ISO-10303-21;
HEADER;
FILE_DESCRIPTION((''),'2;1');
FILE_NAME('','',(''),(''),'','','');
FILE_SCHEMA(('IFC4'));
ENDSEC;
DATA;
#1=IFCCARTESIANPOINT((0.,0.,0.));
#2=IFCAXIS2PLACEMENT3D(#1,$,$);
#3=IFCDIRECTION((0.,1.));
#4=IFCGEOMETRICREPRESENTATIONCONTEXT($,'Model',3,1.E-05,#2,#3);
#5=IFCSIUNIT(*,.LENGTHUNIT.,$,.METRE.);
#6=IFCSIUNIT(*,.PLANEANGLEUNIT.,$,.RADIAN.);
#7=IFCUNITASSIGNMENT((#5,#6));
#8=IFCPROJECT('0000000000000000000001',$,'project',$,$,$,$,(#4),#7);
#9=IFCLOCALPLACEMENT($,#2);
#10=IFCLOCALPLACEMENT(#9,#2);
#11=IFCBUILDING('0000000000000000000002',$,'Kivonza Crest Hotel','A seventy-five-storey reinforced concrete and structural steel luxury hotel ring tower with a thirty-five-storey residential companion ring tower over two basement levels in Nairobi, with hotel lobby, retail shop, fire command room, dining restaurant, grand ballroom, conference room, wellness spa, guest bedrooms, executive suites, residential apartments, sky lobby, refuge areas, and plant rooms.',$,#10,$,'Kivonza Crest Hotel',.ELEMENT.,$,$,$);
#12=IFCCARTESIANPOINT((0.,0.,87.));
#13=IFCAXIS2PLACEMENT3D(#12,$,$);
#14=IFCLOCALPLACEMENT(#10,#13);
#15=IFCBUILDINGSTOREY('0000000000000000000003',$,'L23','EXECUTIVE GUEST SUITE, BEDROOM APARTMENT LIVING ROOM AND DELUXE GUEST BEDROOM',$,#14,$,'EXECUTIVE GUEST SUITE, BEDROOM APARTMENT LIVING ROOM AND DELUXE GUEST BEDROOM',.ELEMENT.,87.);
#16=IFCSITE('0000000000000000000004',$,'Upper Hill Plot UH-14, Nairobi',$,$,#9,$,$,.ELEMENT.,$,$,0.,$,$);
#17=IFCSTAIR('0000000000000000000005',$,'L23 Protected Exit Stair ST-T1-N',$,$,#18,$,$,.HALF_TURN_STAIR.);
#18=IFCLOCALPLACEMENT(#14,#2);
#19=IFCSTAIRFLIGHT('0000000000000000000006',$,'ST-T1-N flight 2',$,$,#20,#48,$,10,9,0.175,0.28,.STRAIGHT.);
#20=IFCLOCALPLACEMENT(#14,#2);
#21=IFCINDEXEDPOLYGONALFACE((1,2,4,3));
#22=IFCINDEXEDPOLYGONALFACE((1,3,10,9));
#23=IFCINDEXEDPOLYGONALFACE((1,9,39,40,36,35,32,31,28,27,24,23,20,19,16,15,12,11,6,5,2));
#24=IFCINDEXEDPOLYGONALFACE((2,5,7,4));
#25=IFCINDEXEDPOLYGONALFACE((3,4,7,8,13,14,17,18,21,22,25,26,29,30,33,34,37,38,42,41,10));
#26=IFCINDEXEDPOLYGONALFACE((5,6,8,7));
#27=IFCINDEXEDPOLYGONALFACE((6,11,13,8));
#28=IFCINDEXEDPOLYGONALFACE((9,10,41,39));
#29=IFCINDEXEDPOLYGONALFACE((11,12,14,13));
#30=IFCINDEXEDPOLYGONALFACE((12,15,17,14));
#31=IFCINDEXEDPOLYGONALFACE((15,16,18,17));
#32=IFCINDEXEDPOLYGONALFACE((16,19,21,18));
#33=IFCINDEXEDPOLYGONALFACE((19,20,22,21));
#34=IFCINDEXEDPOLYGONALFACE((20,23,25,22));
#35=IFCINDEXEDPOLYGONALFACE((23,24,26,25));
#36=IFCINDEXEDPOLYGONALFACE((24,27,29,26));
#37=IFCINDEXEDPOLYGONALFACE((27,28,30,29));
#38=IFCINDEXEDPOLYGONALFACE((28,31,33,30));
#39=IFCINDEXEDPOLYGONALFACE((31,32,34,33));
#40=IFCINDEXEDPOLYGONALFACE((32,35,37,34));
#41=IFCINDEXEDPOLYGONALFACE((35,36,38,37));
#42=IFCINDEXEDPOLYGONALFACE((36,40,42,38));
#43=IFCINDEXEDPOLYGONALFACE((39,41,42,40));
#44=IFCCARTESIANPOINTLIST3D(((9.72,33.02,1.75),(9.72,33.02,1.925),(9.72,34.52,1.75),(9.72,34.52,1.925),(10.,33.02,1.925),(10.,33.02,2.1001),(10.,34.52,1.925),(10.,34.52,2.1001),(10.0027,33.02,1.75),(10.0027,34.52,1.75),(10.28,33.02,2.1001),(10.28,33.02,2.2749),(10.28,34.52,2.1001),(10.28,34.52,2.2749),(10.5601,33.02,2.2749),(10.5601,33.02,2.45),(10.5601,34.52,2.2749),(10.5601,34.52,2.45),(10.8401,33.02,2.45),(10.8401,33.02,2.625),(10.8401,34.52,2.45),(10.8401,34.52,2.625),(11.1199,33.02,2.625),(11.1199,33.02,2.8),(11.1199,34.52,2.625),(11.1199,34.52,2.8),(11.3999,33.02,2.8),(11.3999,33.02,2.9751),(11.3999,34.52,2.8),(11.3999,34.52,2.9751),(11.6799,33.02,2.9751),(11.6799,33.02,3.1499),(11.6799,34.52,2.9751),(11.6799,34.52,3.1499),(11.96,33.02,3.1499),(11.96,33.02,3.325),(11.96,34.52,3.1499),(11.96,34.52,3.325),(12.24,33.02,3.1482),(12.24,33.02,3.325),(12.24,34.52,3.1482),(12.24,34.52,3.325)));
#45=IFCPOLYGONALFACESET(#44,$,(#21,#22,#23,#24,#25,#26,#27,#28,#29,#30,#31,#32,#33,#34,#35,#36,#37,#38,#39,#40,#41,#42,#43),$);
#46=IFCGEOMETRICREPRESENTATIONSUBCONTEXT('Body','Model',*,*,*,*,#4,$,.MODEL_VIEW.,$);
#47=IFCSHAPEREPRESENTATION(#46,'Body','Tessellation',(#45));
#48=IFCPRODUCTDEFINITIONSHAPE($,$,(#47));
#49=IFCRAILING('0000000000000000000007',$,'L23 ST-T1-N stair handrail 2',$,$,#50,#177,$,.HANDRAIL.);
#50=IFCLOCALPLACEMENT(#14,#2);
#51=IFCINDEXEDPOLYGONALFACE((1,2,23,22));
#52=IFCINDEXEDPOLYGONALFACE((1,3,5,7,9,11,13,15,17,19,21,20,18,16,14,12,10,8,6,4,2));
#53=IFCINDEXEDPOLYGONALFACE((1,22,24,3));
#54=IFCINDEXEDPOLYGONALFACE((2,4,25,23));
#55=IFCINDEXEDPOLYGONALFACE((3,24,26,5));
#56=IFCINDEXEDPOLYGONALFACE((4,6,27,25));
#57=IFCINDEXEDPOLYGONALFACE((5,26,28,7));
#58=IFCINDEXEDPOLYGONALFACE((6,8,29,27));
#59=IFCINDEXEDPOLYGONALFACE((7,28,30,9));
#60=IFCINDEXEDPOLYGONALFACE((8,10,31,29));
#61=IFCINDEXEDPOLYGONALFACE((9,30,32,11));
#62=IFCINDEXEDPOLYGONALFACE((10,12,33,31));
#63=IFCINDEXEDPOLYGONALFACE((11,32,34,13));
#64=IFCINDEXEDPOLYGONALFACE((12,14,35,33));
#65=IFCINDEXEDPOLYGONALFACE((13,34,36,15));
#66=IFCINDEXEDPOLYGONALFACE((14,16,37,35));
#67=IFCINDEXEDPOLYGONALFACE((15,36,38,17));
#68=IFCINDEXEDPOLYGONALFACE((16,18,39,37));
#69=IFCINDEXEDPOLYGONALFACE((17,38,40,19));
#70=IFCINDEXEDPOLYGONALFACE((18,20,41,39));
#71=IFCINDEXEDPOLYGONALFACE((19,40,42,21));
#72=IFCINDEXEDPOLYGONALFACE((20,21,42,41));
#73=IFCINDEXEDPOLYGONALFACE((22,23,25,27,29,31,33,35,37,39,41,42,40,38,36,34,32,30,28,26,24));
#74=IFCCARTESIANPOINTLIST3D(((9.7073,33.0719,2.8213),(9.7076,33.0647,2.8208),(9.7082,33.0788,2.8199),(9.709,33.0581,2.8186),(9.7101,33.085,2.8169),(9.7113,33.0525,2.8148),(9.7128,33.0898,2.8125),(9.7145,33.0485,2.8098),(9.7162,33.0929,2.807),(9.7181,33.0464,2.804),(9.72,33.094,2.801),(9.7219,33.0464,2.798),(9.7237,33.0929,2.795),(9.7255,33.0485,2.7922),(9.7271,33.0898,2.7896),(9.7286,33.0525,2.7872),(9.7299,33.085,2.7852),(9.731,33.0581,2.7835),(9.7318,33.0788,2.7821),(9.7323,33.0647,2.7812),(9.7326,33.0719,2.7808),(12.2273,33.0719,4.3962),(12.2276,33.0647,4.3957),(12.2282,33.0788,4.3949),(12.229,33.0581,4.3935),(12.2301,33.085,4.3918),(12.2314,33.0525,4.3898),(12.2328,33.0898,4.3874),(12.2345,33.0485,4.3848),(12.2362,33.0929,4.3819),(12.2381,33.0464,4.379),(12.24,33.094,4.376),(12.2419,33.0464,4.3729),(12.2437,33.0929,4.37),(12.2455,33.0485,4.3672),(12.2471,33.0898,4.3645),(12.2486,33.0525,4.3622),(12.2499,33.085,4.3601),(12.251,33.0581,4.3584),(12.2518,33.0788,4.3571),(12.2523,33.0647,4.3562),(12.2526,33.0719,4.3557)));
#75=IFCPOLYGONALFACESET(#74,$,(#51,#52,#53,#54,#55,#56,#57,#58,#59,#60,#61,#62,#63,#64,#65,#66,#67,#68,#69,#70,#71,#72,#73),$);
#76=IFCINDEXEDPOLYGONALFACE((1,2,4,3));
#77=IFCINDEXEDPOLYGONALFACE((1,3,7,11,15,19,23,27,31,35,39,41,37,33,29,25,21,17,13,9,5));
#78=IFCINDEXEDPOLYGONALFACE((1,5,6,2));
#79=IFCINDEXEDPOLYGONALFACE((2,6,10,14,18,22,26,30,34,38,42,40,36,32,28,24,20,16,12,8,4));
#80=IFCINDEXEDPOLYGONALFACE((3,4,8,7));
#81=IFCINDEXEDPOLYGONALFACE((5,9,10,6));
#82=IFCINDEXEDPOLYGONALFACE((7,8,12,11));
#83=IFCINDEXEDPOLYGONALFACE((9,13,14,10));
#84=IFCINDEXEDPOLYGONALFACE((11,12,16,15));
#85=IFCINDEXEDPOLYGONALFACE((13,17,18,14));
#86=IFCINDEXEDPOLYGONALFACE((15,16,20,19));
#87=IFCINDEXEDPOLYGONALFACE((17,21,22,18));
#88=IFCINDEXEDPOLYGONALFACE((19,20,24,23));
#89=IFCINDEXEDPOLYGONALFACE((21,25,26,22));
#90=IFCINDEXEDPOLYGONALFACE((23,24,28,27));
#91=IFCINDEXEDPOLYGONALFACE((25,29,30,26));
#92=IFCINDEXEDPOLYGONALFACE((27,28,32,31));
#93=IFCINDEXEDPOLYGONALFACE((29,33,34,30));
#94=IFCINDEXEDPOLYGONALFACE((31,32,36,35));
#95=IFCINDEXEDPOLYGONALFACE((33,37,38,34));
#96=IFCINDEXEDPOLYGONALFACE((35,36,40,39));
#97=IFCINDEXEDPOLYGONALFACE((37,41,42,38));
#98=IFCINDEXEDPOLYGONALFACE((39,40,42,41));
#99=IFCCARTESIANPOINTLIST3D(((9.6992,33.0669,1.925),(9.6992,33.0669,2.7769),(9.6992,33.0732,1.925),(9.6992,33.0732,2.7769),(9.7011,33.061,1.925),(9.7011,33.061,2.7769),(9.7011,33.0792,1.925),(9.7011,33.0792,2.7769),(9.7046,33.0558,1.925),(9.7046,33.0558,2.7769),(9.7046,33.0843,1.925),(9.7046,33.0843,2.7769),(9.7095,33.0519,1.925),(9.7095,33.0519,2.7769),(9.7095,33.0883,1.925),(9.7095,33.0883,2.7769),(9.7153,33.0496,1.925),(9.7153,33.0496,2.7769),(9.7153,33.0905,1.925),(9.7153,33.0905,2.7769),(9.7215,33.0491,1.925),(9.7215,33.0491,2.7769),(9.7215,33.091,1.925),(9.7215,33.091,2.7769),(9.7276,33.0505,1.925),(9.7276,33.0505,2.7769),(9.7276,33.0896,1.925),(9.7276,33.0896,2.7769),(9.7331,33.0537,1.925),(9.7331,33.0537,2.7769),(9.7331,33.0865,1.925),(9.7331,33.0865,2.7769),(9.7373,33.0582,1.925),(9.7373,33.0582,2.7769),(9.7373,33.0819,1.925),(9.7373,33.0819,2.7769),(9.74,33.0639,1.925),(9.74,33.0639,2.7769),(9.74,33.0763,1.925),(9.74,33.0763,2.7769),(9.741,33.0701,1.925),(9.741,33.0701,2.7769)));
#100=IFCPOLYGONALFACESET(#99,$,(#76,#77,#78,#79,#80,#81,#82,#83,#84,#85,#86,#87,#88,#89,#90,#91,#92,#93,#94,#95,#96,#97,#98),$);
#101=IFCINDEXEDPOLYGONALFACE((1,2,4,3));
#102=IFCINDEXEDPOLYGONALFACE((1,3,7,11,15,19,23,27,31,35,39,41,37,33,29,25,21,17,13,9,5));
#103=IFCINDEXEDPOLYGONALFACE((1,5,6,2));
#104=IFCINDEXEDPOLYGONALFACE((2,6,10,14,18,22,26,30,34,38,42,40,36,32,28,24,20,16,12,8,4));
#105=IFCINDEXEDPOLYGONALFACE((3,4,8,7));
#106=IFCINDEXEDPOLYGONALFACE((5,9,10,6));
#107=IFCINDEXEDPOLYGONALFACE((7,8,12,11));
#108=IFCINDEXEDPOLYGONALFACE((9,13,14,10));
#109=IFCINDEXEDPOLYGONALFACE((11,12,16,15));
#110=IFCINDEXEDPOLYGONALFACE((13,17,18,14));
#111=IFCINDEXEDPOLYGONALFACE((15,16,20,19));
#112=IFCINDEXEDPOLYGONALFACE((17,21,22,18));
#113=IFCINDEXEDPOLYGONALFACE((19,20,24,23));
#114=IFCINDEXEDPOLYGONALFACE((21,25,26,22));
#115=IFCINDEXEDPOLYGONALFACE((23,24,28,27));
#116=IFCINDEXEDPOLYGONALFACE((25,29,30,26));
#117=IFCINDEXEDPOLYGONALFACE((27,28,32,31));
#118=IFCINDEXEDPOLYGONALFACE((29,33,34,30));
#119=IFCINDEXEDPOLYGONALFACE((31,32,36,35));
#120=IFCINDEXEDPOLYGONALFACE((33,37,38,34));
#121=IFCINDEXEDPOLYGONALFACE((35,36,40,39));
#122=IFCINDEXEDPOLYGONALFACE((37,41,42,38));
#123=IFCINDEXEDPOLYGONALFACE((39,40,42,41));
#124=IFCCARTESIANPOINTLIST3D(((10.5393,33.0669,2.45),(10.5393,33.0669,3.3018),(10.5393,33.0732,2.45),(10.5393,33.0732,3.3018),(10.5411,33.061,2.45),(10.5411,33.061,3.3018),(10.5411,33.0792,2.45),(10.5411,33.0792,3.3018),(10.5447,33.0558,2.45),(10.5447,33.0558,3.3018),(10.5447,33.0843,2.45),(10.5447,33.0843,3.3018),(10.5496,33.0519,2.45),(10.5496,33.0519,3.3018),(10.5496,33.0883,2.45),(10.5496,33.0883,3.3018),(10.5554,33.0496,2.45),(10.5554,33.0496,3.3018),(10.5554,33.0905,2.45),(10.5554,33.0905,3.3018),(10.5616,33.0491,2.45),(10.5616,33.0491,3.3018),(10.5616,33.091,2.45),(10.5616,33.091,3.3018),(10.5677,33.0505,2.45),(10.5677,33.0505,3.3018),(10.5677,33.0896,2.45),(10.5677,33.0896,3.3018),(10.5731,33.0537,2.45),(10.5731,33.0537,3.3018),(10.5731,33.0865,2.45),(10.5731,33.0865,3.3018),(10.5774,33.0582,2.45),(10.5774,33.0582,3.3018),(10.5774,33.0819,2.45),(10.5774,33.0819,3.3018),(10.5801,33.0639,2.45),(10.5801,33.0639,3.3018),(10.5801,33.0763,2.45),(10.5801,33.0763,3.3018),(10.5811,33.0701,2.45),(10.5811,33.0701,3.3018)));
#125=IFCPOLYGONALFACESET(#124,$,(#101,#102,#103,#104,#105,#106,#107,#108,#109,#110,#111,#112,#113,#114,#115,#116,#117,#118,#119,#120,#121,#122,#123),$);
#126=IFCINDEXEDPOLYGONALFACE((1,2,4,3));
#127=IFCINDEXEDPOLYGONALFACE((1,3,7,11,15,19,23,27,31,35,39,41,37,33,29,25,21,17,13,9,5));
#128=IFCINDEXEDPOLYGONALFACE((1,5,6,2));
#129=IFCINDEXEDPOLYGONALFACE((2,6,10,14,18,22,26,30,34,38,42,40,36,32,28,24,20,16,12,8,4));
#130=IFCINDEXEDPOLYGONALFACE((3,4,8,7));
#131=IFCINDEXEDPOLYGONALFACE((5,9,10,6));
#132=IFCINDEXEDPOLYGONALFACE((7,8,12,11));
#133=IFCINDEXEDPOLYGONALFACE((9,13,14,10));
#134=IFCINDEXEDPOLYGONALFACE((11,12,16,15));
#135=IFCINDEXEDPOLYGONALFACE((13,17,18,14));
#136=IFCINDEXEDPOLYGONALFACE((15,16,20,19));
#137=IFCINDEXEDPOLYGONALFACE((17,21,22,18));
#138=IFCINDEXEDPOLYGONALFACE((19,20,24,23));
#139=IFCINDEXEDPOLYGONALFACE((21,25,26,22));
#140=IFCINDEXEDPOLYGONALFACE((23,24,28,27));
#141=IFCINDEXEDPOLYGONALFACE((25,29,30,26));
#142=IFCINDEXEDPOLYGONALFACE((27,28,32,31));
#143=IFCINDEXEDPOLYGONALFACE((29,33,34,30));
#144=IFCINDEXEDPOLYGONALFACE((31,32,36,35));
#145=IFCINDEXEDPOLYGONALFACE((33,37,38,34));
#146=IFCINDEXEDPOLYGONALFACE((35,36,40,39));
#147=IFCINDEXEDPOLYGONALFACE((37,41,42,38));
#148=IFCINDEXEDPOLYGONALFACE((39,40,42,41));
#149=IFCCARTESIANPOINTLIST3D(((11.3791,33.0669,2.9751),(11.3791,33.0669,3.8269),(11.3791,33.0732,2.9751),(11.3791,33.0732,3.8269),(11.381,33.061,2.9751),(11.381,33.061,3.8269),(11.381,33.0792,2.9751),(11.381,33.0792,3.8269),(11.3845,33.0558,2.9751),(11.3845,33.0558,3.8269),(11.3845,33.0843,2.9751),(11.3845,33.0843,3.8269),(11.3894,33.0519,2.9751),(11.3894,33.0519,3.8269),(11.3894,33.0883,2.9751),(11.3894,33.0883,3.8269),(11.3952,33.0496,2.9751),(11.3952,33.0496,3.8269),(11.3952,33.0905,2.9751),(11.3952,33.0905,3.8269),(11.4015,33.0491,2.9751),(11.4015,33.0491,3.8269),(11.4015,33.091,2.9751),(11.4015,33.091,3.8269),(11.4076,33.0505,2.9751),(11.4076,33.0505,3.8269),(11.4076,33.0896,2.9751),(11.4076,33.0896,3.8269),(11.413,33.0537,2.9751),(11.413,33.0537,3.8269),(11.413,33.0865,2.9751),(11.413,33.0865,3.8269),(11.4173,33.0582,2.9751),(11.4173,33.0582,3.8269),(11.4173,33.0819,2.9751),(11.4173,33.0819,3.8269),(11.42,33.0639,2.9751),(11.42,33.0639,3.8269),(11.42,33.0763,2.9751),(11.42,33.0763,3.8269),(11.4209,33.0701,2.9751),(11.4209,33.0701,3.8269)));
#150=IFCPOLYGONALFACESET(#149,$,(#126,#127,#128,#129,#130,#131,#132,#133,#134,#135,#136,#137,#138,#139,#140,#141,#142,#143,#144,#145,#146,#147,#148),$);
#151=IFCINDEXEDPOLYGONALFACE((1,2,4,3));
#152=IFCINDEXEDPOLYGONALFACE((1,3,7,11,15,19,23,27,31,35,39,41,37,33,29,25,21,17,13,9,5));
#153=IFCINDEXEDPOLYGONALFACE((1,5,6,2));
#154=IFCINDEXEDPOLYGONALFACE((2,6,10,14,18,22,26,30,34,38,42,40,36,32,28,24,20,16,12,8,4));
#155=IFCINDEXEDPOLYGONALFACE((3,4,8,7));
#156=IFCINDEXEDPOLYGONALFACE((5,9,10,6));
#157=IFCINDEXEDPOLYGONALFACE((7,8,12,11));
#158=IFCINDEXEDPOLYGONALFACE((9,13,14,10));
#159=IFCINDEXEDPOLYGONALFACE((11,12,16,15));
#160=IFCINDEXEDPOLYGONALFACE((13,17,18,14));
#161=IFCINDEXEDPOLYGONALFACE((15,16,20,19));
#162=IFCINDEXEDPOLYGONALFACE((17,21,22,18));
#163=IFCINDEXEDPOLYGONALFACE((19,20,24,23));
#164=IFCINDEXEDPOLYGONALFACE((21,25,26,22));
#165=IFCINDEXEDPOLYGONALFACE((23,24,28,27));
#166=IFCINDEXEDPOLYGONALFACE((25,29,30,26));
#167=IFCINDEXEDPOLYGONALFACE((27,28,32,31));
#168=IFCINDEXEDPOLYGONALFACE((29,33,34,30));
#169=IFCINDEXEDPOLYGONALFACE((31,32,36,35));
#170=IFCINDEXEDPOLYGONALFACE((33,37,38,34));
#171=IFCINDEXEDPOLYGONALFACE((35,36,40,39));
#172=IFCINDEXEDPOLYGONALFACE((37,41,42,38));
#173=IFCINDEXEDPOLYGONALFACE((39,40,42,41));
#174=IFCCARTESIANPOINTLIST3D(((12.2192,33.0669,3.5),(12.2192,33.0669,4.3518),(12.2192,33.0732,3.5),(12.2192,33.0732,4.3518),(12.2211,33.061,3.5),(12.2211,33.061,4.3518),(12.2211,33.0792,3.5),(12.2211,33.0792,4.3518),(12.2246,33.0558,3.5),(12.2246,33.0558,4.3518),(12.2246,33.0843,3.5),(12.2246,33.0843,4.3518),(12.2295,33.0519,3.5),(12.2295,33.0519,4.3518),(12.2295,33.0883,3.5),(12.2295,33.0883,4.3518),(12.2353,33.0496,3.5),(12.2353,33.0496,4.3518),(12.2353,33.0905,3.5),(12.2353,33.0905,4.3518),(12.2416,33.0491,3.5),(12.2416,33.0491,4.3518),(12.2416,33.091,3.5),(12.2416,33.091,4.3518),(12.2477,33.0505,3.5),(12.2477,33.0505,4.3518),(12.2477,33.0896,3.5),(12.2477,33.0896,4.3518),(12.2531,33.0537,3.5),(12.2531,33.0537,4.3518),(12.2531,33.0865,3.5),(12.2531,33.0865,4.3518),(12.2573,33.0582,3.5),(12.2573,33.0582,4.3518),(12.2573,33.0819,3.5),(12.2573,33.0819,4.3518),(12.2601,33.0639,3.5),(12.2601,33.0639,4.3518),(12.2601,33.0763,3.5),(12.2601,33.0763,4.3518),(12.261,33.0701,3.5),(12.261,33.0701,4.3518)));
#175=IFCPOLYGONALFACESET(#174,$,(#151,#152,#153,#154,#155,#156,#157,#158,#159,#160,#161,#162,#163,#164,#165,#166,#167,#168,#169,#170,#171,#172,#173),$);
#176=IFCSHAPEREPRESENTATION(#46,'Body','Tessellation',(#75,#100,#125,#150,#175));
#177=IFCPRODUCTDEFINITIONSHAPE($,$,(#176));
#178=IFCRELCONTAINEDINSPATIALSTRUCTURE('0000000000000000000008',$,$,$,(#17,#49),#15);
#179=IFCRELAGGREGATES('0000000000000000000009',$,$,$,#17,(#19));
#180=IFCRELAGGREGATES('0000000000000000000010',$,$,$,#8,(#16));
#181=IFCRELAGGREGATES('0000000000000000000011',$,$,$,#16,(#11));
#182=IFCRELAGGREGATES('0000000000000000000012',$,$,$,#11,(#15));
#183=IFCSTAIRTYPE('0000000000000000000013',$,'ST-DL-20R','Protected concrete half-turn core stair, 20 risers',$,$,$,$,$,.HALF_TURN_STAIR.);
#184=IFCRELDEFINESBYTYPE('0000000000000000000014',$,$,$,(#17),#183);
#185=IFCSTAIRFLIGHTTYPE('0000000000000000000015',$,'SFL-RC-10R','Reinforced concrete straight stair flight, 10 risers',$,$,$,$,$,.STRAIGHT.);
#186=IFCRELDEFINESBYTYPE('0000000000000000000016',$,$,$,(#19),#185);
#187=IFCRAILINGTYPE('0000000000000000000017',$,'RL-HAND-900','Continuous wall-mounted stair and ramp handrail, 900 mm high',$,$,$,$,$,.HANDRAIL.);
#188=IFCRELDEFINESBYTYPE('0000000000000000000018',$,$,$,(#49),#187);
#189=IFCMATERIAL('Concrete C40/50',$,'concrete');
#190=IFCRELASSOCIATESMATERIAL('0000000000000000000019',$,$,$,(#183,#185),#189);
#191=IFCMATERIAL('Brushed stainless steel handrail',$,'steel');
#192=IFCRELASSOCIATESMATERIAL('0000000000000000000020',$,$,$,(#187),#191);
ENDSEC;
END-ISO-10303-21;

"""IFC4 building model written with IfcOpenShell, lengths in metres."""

from ifc_helpers import new_model, si_unit, direction, frame, origin, origin_2d, place, context, subcontext, project, spatial, polyline, circle, outline, extrude, material, type_object, element, aggregate, save


model = new_model("IFC4")

# Units and contexts
model_context = context("Model", 3, precision=1e-05, world=origin(), true_north=direction((0.0, 1.0)))
body_context = subcontext(model_context, "Body", "Model", "MODEL_VIEW")
ifc_project = project(units=[si_unit("LENGTHUNIT", "METRE"), si_unit("PLANEANGLEUNIT", "RADIAN")], contexts=[model_context])

# Site, building, storey
site_placement = place(None, origin())
site = spatial("IfcSite", under=ifc_project, at=site_placement, Name="Upper Hill Plot UH-14, Nairobi", CompositionType="ELEMENT", RefElevation=0.0)
building_placement = place(site_placement, origin())
building = spatial("IfcBuilding", under=site, at=building_placement, Name="Kivonza Crest Hotel", Description="A seventy-five-storey reinforced concrete and structural steel luxury hotel ring tower with a thirty-five-storey residential companion ring tower over two basement levels in Nairobi, with hotel lobby, retail shop, fire command room, dining restaurant, grand ballroom, conference room, wellness spa, guest bedrooms, executive suites, residential apartments, sky lobby, refuge areas, and plant rooms.", LongName="Kivonza Crest Hotel", CompositionType="ELEMENT")
storey_placement = place(building_placement, frame((0.0, 0.0, 87.0)))
storey = spatial("IfcBuildingStorey", under=building, at=storey_placement, Name="L23", Description="EXECUTIVE GUEST SUITE, BEDROOM APARTMENT LIVING ROOM AND DELUXE GUEST BEDROOM", LongName="EXECUTIVE GUEST SUITE, BEDROOM APARTMENT LIVING ROOM AND DELUXE GUEST BEDROOM", CompositionType="ELEMENT", Elevation=87.0)

# Stair, stair flight
ifc_material_1 = material(Name="Concrete C40/50", Category="concrete")
stair_type = type_object("IfcStairType", Name="ST-DL-20R", Description="Protected concrete half-turn core stair, 20 risers", PredefinedType="HALF_TURN_STAIR", material=ifc_material_1)
stair_placement = place(storey_placement, origin())
stair = element("IfcStair", 1, at=stair_placement, inside=storey, type_object=stair_type, Name="L23 Protected Exit Stair ST-T1-N", PredefinedType="HALF_TURN_STAIR")
stair_flight_type = type_object("IfcStairFlightType", Name="SFL-RC-10R", Description="Reinforced concrete straight stair flight, 10 risers", PredefinedType="STRAIGHT", material=ifc_material_1)
stair_flight_placement = place(storey_placement, frame((9.72, 33.77, 1.75), z_axis=(0.0, 0.0, 1.0), x_axis=(1.0, 0.0, 0.0)))
stair_flight = element("IfcStairFlight", 2, at=stair_flight_placement, type_object=stair_flight_type, Name="ST-T1-N flight 2", NumberOfRisers=10, NumberOfTreads=9, PredefinedType="STRAIGHT", RiserHeight=0.175, TreadLength=0.28, context=body_context, shape_type="SweptSolid", body=[
    extrude(outline(polyline([(0.0, 0.0), (0.0, 0.175), (0.28, 0.175), (0.28, 0.3501), (0.5601, 0.3501), (0.5601, 0.5249), (0.8401, 0.5249), (0.8401, 0.7), (1.1201, 0.7), (1.1201, 0.875), (1.3999, 0.875), (1.3999, 1.05), (1.6799, 1.05), (1.6799, 1.2251), (1.96, 1.2251), (1.96, 1.3999), (2.24, 1.3999), (2.24, 1.575), (2.52, 1.575), (2.52, 1.75), (2.52, 1.3982), (0.2827, 0.0), (0.0, 0.0)])), frame((0.0, 0.75, 0.0), z_axis=(0.0, -1.0, 0.0), x_axis=(1.0, 0.0, 0.0)), (0.0, 0.0, 1.0), 1.5),
])
aggregate(stair, [stair_flight])

# Railing
ifc_material_2 = material(Name="Brushed stainless steel handrail", Category="steel")
railing_type = type_object("IfcRailingType", Name="RL-HAND-900", Description="Continuous wall-mounted stair and ramp handrail, 900 mm high", PredefinedType="HANDRAIL", material=ifc_material_2)
railing_placement = place(storey_placement, frame((9.72, 33.0701, 1.925)))
element("IfcRailing", 3, at=railing_placement, inside=storey, type_object=railing_type, Name="L23 ST-T1-N stair handrail 2", PredefinedType="HANDRAIL", context=body_context, shape_type="SweptSolid", body=[
    extrude(circle(Radius=0.0239, at=origin_2d()), frame((0.0, 0.0, 0.876), z_axis=(0.848008, 0.0, 0.529984), x_axis=(0.0, 1.0, 0.0)), (0.0, 0.0, 1.0), 2.9717),
    extrude(circle(Radius=0.021, at=origin_2d()), origin(), (0.0, 0.0, 1.0), 0.8518),
    extrude(circle(Radius=0.021, at=origin_2d()), frame((0.8401, 0.0, 0.5249)), (0.0, 0.0, 1.0), 0.8518),
    extrude(circle(Radius=0.021, at=origin_2d()), frame((1.6799, 0.0, 1.05)), (0.0, 0.0, 1.0), 0.8518),
    extrude(circle(Radius=0.021, at=origin_2d()), frame((2.52, 0.0, 1.575)), (0.0, 0.0, 1.0), 0.8518),
])

save(model, "model.ifc")
